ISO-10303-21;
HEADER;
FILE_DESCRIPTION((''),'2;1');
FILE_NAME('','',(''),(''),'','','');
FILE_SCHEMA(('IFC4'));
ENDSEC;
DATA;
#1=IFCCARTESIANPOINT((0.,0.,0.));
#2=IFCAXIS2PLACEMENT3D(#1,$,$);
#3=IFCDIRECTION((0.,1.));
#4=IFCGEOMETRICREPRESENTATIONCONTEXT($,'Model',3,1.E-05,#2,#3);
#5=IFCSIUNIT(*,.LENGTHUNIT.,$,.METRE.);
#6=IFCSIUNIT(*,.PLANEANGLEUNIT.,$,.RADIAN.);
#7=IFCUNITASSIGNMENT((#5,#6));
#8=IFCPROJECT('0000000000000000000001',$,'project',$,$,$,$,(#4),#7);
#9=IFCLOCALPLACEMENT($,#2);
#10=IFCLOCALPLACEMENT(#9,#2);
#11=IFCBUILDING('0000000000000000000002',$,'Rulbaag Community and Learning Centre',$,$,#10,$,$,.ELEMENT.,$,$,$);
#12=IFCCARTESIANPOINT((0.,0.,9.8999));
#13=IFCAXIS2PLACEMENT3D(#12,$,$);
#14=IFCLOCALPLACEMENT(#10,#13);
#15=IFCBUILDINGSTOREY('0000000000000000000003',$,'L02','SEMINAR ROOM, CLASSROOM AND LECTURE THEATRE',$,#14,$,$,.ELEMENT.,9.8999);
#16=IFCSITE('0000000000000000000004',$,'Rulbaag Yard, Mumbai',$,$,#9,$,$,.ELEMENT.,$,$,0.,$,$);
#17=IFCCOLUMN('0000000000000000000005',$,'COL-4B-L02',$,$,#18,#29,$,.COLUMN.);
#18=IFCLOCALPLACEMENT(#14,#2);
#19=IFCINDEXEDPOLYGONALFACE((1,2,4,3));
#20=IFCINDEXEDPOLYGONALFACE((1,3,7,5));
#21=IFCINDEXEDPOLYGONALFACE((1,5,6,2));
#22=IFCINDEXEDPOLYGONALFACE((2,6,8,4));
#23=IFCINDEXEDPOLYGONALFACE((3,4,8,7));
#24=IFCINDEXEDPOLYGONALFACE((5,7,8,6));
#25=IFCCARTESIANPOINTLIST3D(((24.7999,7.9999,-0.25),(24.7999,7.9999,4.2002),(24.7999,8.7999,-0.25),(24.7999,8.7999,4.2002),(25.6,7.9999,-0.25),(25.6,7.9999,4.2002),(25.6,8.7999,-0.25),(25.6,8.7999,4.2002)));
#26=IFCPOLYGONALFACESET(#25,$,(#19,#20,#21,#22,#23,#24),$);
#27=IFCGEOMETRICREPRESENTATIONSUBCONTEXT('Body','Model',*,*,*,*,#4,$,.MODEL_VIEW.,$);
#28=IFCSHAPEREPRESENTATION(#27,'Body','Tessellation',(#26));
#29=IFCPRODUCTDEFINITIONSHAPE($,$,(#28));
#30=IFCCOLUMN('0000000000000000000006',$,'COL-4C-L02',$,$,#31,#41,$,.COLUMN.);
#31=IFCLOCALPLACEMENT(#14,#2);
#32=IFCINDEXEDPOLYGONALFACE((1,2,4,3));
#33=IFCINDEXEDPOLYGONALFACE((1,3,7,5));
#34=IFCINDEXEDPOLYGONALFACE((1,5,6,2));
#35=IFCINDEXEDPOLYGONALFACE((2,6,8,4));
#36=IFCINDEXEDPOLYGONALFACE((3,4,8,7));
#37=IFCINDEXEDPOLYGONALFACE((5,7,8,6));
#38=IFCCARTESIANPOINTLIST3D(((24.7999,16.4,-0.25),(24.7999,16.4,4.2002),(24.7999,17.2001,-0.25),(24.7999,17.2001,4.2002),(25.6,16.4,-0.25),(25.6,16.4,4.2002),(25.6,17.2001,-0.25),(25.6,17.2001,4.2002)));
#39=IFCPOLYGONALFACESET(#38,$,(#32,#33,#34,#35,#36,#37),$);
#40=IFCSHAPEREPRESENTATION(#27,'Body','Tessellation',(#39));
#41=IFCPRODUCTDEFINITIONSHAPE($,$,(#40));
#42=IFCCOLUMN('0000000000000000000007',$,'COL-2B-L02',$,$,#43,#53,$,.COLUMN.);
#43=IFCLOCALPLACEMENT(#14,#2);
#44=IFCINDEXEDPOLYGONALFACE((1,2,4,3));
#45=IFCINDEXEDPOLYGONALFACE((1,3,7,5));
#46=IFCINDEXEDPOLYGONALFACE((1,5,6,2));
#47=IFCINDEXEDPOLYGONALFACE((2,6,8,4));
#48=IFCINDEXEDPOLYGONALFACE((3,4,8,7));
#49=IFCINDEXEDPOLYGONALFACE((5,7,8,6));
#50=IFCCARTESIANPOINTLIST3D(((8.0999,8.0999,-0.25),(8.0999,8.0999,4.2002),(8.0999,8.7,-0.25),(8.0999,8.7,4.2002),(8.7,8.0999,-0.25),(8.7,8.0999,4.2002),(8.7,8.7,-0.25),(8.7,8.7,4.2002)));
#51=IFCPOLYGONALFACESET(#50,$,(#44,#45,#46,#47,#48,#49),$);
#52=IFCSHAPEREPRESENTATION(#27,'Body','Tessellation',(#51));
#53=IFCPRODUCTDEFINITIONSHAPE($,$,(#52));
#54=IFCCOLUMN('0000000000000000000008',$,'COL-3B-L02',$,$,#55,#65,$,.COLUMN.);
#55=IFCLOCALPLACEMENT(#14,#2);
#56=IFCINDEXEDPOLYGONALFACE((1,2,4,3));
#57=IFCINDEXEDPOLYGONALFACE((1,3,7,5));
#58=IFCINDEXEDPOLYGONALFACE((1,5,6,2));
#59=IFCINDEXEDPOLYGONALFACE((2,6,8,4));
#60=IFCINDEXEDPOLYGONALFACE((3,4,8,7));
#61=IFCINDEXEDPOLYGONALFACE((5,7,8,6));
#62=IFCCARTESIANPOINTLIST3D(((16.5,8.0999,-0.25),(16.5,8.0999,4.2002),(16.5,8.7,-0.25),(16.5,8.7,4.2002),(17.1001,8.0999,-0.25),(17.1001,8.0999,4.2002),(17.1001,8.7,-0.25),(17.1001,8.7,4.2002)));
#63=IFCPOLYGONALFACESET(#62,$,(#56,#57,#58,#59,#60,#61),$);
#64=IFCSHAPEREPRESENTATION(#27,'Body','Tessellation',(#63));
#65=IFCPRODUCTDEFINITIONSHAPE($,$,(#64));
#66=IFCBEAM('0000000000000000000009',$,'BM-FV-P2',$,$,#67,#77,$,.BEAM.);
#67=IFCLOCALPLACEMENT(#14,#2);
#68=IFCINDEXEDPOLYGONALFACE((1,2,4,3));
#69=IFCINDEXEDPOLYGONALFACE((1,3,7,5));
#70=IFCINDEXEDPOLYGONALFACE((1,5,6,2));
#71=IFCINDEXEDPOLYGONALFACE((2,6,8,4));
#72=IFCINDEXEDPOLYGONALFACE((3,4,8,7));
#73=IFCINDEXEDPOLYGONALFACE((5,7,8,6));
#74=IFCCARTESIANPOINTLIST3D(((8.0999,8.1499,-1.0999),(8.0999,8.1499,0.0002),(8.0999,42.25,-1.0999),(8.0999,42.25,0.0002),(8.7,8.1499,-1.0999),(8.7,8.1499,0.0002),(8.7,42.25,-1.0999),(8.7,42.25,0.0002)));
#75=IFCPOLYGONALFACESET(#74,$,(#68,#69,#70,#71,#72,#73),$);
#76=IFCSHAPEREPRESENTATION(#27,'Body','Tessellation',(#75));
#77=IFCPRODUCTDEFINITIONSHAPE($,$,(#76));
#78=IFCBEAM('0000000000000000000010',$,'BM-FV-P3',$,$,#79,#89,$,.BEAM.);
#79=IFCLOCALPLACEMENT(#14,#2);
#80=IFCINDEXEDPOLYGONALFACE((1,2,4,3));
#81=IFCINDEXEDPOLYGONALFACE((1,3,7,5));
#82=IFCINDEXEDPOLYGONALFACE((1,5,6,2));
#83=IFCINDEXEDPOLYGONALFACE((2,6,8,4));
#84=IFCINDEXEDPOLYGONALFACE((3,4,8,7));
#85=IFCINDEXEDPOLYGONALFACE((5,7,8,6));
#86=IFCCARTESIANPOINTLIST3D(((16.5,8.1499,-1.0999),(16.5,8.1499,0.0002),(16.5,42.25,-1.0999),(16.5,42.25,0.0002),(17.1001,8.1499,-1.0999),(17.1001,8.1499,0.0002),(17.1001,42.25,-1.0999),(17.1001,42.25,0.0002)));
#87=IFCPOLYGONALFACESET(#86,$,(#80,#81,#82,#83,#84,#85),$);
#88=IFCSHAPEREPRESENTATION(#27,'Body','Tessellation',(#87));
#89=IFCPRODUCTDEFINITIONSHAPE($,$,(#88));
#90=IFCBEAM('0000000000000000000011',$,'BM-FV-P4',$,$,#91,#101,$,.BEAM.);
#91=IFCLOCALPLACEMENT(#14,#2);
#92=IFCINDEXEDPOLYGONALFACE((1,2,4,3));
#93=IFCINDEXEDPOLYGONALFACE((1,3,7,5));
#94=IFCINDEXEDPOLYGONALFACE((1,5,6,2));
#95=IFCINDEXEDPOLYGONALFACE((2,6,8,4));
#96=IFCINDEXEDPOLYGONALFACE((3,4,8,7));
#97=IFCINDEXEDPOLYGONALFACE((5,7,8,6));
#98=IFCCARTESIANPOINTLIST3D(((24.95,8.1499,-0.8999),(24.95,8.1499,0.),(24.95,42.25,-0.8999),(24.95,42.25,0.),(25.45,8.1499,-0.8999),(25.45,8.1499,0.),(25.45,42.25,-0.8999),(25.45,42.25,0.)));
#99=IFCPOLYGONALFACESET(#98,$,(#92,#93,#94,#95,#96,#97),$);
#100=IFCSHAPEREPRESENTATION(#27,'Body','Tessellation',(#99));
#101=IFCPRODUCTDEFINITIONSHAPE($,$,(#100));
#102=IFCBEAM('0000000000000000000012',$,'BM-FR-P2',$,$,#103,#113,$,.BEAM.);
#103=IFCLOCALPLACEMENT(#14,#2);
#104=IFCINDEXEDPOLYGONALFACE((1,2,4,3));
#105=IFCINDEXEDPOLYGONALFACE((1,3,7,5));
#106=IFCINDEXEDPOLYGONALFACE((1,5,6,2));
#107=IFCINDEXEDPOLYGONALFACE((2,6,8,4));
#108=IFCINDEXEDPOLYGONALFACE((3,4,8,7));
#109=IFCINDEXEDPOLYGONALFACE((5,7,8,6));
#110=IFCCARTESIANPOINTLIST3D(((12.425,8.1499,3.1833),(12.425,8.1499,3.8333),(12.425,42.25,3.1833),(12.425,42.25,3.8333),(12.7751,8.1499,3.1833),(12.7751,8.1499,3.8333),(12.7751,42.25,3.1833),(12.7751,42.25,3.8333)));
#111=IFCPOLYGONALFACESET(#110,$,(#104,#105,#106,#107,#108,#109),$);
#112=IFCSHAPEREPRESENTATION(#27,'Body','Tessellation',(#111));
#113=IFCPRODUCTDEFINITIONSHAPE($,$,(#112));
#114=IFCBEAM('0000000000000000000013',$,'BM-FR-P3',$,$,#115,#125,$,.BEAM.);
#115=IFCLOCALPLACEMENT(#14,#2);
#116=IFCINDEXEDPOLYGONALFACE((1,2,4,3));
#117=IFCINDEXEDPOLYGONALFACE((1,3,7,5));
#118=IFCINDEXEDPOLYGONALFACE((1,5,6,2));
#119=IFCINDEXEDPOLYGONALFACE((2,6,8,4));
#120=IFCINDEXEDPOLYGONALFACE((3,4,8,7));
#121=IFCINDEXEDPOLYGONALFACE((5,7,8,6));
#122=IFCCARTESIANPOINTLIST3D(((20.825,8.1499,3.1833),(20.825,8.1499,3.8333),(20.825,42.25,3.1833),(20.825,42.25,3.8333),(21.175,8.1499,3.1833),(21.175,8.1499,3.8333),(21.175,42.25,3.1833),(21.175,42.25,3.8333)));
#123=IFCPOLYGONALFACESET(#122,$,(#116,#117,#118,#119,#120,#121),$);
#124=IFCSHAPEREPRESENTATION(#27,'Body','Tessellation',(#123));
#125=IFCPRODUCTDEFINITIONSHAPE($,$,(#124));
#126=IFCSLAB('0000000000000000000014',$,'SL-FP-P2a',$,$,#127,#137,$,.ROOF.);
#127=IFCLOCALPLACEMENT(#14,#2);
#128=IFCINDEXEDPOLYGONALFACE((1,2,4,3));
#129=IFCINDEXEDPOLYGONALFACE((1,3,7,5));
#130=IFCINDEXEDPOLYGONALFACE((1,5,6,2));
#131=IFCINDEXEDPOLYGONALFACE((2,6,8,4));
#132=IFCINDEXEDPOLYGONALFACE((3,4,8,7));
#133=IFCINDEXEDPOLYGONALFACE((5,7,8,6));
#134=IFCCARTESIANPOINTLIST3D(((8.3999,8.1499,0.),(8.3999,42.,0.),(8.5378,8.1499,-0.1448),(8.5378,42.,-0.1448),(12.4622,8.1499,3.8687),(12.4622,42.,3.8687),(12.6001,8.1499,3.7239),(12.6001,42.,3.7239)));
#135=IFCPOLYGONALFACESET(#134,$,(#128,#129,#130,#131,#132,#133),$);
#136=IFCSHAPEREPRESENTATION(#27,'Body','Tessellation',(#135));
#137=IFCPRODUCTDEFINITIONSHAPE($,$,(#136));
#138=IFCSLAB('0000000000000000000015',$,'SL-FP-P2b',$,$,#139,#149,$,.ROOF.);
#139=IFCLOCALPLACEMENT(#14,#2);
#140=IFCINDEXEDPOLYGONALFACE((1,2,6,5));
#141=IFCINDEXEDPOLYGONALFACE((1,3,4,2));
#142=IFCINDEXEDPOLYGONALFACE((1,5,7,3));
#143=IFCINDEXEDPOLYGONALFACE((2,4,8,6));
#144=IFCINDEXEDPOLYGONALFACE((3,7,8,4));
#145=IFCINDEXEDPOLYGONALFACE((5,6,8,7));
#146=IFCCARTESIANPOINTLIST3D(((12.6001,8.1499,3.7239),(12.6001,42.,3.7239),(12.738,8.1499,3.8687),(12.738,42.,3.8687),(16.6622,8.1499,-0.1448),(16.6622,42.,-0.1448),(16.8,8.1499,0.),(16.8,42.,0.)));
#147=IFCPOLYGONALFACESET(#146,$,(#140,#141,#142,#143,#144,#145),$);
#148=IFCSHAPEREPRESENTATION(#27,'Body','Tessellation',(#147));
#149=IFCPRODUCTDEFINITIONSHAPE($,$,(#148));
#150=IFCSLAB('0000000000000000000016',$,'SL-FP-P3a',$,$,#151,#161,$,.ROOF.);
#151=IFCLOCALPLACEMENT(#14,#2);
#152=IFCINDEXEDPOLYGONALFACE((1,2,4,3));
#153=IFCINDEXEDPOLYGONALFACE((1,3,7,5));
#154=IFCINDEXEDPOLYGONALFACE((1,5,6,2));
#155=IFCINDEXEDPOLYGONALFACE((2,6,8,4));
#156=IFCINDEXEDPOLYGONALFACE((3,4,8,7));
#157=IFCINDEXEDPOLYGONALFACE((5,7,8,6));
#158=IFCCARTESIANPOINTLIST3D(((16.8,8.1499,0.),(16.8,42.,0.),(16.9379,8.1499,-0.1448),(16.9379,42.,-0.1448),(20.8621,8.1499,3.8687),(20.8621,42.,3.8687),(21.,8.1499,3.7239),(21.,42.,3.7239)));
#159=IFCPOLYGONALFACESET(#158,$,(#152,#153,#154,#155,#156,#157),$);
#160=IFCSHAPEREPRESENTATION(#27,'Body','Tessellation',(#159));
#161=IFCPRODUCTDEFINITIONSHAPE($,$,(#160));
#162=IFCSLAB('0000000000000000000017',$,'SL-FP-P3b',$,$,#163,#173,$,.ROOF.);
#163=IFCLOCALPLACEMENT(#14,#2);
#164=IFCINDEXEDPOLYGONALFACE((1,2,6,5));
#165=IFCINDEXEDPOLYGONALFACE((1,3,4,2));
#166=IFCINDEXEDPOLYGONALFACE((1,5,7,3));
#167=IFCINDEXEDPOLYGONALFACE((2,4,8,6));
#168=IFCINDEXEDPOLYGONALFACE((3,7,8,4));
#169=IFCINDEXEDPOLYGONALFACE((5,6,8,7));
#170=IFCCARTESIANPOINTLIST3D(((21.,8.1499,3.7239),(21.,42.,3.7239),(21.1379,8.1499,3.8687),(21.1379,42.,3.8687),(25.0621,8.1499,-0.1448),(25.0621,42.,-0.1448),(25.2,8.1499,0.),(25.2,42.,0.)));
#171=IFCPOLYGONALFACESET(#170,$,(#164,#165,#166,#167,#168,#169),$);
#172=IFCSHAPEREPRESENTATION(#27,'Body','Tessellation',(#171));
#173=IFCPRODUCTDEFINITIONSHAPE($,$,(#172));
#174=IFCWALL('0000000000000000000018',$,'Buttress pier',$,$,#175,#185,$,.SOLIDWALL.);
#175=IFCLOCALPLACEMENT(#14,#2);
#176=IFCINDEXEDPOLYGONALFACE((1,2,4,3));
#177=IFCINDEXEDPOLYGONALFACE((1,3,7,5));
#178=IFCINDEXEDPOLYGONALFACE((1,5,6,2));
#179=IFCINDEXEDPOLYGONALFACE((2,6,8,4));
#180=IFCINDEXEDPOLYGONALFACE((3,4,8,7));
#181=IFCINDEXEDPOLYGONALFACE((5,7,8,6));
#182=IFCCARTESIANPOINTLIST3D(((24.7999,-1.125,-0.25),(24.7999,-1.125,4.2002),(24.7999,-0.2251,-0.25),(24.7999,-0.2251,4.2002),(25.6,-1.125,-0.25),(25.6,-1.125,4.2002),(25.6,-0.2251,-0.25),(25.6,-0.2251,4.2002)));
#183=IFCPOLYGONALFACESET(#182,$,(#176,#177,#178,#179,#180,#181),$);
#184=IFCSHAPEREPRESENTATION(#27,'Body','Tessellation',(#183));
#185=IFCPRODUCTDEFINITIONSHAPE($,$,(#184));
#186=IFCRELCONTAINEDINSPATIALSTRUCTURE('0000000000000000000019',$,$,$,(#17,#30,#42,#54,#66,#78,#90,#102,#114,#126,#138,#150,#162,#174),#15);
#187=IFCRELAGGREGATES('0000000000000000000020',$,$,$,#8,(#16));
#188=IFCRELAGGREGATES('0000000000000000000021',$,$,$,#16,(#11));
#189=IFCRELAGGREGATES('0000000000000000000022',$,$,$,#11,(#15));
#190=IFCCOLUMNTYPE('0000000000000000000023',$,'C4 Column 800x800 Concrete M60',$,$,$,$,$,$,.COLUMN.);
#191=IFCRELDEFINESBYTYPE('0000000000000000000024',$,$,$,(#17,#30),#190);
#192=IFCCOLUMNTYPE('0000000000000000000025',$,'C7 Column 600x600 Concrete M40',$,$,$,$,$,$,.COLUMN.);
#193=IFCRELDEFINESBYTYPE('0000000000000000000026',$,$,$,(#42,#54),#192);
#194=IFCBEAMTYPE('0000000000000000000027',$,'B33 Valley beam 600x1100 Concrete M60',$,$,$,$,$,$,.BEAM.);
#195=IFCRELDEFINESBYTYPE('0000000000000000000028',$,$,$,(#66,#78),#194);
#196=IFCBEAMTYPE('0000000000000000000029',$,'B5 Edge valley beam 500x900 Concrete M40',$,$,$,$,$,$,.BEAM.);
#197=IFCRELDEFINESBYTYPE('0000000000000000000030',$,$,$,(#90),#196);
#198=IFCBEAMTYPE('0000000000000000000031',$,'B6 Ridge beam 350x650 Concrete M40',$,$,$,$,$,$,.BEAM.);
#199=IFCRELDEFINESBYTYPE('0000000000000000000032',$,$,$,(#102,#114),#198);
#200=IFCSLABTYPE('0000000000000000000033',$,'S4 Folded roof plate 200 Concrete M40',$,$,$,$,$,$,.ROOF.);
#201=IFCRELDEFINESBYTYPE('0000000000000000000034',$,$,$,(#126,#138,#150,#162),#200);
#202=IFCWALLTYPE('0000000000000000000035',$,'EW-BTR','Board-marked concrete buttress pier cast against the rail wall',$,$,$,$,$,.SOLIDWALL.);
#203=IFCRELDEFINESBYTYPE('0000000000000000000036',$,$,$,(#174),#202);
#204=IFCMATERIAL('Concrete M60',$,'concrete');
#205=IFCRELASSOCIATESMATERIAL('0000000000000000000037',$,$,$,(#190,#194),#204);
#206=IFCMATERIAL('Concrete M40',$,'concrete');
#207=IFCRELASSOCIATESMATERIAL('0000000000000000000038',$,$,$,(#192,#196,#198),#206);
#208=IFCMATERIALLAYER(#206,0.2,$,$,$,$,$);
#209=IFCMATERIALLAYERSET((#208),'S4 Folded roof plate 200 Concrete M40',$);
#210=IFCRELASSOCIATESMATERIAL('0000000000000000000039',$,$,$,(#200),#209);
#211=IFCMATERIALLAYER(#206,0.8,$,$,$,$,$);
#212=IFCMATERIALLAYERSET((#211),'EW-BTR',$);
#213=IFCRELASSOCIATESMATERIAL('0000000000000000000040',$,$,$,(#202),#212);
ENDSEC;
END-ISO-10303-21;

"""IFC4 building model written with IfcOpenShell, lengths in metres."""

from ifc_helpers import new_model, si_unit, direction, frame, frame_2d, origin, origin_2d, place, context, subcontext, project, spatial, polyline, rectangle, outline, extrude, material, layer, layer_set, material_profile, profile_set, type_object, element, save


model = new_model("IFC4")

# Units and contexts
model_context = context("Model", 3, precision=1e-05, world=origin(), true_north=direction((0.0, 1.0)))
body_context = subcontext(model_context, "Body", "Model", "MODEL_VIEW")
ifc_project = project(units=[si_unit("LENGTHUNIT", "METRE"), si_unit("PLANEANGLEUNIT", "RADIAN")], contexts=[model_context])

# Site, building, storey
site_placement = place(None, origin())
site = spatial("IfcSite", under=ifc_project, at=site_placement, Name="Rulbaag Yard, Mumbai", CompositionType="ELEMENT", RefElevation=0.0)
building_placement = place(site_placement, origin())
building = spatial("IfcBuilding", under=site, at=building_placement, Name="Rulbaag Community and Learning Centre", CompositionType="ELEMENT")
storey_placement = place(building_placement, frame((0.0, 0.0, 9.8999)))
storey = spatial("IfcBuildingStorey", under=building, at=storey_placement, Name="L02", Description="SEMINAR ROOM, CLASSROOM AND LECTURE THEATRE", CompositionType="ELEMENT", Elevation=9.8999)

# Columns
ifc_material_1 = material(Name="Concrete M60", Category="concrete")
ifc_material_profile_1 = material_profile(ifc_material_1, rectangle(XDim=0.8, YDim=0.8, at=origin_2d()), Name="RC800x800")
ifc_profile_set_1 = profile_set([ifc_material_profile_1], Name="Concrete M60")
column_type_1 = type_object("IfcColumnType", Name="C4 Column 800x800 Concrete M60", PredefinedType="COLUMN", material=ifc_profile_set_1)
for number, where, z_axis, x_axis, name in (
    (1, (25.2, 8.3999, -0.25), (0.0, 0.0, 1.0), (1.0, 0.0, 0.0), "COL-4B-L02"),
    (2, (25.2, 16.8, -0.25), (0.0, 0.0, 1.0), (1.0, 0.0, 0.0), "COL-4C-L02"),
):
    element("IfcColumn", number, at=place(storey_placement, frame(where, z_axis=z_axis, x_axis=x_axis)), inside=storey, type_object=column_type_1, Name=name, PredefinedType="COLUMN", context=body_context, shape_type="SweptSolid", body=[
        extrude(rectangle(XDim=0.8, YDim=0.8, at=origin_2d()), origin(), (0.0, 0.0, 1.0), 4.4502),
    ])
ifc_material_2 = material(Name="Concrete M40", Category="concrete")
ifc_material_profile_2 = material_profile(ifc_material_2, rectangle(XDim=0.6001, YDim=0.6001, at=origin_2d()), Name="RC600x600")
ifc_profile_set_2 = profile_set([ifc_material_profile_2], Name="Concrete M40")
column_type_2 = type_object("IfcColumnType", Name="C7 Column 600x600 Concrete M40", PredefinedType="COLUMN", material=ifc_profile_set_2)
for number, where, z_axis, x_axis, name in (
    (3, (8.3999, 8.3999, -0.25), (0.0, 0.0, 1.0), (1.0, 0.0, 0.0), "COL-2B-L02"),
    (4, (16.8, 8.3999, -0.25), (0.0, 0.0, 1.0), (1.0, 0.0, 0.0), "COL-3B-L02"),
):
    element("IfcColumn", number, at=place(storey_placement, frame(where, z_axis=z_axis, x_axis=x_axis)), inside=storey, type_object=column_type_2, Name=name, PredefinedType="COLUMN", context=body_context, shape_type="SweptSolid", body=[
        extrude(rectangle(XDim=0.6001, YDim=0.6001, at=origin_2d()), origin(), (0.0, 0.0, 1.0), 4.4502),
    ])

# Beams
ifc_material_profile_3 = material_profile(ifc_material_1, rectangle(XDim=0.6001, YDim=1.1001, at=origin_2d()), Name="RB600x1100")
ifc_profile_set_3 = profile_set([ifc_material_profile_3], Name="Concrete M60")
beam_type_1 = type_object("IfcBeamType", Name="B33 Valley beam 600x1100 Concrete M60", PredefinedType="BEAM", material=ifc_profile_set_3)
for number, where, z_axis, x_axis, name in (
    (5, (8.3999, 8.1499, -0.5498), (0.0, 1.0, 0.0), (-1.0, 0.0, 0.0), "BM-FV-P2"),
    (6, (16.8, 8.1499, -0.5498), (0.0, 1.0, 0.0), (-1.0, 0.0, 0.0), "BM-FV-P3"),
):
    element("IfcBeam", number, at=place(storey_placement, frame(where, z_axis=z_axis, x_axis=x_axis)), inside=storey, type_object=beam_type_1, Name=name, PredefinedType="BEAM", context=body_context, shape_type="SweptSolid", body=[
        extrude(rectangle(XDim=0.6001, YDim=1.1001, at=origin_2d()), origin(), (0.0, 0.0, 1.0), 34.1001),
    ])
ifc_material_profile_4 = material_profile(ifc_material_2, rectangle(XDim=0.5, YDim=0.8999, at=origin_2d()), Name="RB500x900")
ifc_profile_set_4 = profile_set([ifc_material_profile_4], Name="Concrete M40")
beam_type_2 = type_object("IfcBeamType", Name="B5 Edge valley beam 500x900 Concrete M40", PredefinedType="BEAM", material=ifc_profile_set_4)
beam_placement = place(storey_placement, frame((25.2, 8.1499, -0.45), z_axis=(0.0, 1.0, 0.0), x_axis=(-1.0, 0.0, 0.0)))
element("IfcBeam", 7, at=beam_placement, inside=storey, type_object=beam_type_2, Name="BM-FV-P4", PredefinedType="BEAM", context=body_context, shape_type="SweptSolid", body=[
    extrude(rectangle(XDim=0.5, YDim=0.8999, at=origin_2d()), origin(), (0.0, 0.0, 1.0), 34.1001),
])
ifc_material_profile_5 = material_profile(ifc_material_2, rectangle(XDim=0.3501, YDim=0.6499, at=origin_2d()), Name="RB350x650")
ifc_profile_set_5 = profile_set([ifc_material_profile_5], Name="Concrete M40")
beam_type_3 = type_object("IfcBeamType", Name="B6 Ridge beam 350x650 Concrete M40", PredefinedType="BEAM", material=ifc_profile_set_5)
for number, where, z_axis, x_axis, name in (
    (8, (12.6001, 8.1499, 3.5083), (0.0, 1.0, 0.0), (-1.0, 0.0, 0.0), "BM-FR-P2"),
    (9, (21.0, 8.1499, 3.5083), (0.0, 1.0, 0.0), (-1.0, 0.0, 0.0), "BM-FR-P3"),
):
    element("IfcBeam", number, at=place(storey_placement, frame(where, z_axis=z_axis, x_axis=x_axis)), inside=storey, type_object=beam_type_3, Name=name, PredefinedType="BEAM", context=body_context, shape_type="SweptSolid", body=[
        extrude(rectangle(XDim=0.3501, YDim=0.6499, at=origin_2d()), origin(), (0.0, 0.0, 1.0), 34.1001),
    ])

# Slabs
ifc_layer_1 = layer(ifc_material_2, 0.2)
ifc_layer_set_1 = layer_set([ifc_layer_1], Name="S4 Folded roof plate 200 Concrete M40")
slab_type = type_object("IfcSlabType", Name="S4 Folded roof plate 200 Concrete M40", PredefinedType="ROOF", material=ifc_layer_set_1)
slab_placement = place(storey_placement, frame((8.3999, 8.1499, 0.0), z_axis=(-0.68964, 0.0, 0.724152), x_axis=(0.724152, 0.0, 0.68964)))
element("IfcSlab", 10, at=slab_placement, inside=storey, type_object=slab_type, Name="SL-FP-P2a", PredefinedType="ROOF", context=body_context, shape_type="SweptSolid", body=[
    extrude(outline(polyline([(0.0, 0.0), (5.6097, 0.0), (5.6097, 33.8501), (0.0, 33.8501), (0.0, 0.0)])), origin(), (0.0, 0.0, -1.0), 0.2),
])
for number, where, z_axis, x_axis, name in (
    (11, (12.738, 8.1499, 3.8687), (0.689662, 0.0, 0.724132), (0.724132, 0.0, -0.689662), "SL-FP-P2b"),
    (12, (16.8, 8.1499, 0.0), (-0.689662, 0.0, 0.724132), (0.724132, 0.0, 0.689662), "SL-FP-P3a"),
    (13, (21.1379, 8.1499, 3.8687), (0.689662, 0.0, 0.724132), (0.724132, 0.0, -0.689662), "SL-FP-P3b"),
):
    element("IfcSlab", number, at=place(storey_placement, frame(where, z_axis=z_axis, x_axis=x_axis)), inside=storey, type_object=slab_type, Name=name, PredefinedType="ROOF", context=body_context, shape_type="SweptSolid", body=[
        extrude(outline(polyline([(0.0, 0.0), (5.6095, 0.0), (5.6095, 33.8501), (0.0, 33.8501), (0.0, 0.0)])), origin(), (0.0, 0.0, -1.0), 0.2),
    ])

# Wall
ifc_layer_2 = layer(ifc_material_2, 0.8)
ifc_layer_set_2 = layer_set([ifc_layer_2], Name="EW-BTR")
wall_type_1 = type_object("IfcWallType", Name="EW-BTR", Description="Board-marked concrete buttress pier cast against the rail wall", PredefinedType="SOLIDWALL", material=ifc_layer_set_2)
wall_1_placement = place(storey_placement, frame((25.2, -0.2251, -0.25), z_axis=(0.0, 0.0, 1.0), x_axis=(0.0, -1.0, 0.0)))
element("IfcWall", 14, at=wall_1_placement, inside=storey, type_object=wall_type_1, Name="Buttress pier", PredefinedType="SOLIDWALL", context=body_context, shape_type="SweptSolid", body=[
    extrude(rectangle(XDim=0.8999, YDim=0.8, at=frame_2d((0.45, 0.0))), origin(), (0.0, 0.0, 1.0), 4.4502),
])

save(model, "model.ifc")
